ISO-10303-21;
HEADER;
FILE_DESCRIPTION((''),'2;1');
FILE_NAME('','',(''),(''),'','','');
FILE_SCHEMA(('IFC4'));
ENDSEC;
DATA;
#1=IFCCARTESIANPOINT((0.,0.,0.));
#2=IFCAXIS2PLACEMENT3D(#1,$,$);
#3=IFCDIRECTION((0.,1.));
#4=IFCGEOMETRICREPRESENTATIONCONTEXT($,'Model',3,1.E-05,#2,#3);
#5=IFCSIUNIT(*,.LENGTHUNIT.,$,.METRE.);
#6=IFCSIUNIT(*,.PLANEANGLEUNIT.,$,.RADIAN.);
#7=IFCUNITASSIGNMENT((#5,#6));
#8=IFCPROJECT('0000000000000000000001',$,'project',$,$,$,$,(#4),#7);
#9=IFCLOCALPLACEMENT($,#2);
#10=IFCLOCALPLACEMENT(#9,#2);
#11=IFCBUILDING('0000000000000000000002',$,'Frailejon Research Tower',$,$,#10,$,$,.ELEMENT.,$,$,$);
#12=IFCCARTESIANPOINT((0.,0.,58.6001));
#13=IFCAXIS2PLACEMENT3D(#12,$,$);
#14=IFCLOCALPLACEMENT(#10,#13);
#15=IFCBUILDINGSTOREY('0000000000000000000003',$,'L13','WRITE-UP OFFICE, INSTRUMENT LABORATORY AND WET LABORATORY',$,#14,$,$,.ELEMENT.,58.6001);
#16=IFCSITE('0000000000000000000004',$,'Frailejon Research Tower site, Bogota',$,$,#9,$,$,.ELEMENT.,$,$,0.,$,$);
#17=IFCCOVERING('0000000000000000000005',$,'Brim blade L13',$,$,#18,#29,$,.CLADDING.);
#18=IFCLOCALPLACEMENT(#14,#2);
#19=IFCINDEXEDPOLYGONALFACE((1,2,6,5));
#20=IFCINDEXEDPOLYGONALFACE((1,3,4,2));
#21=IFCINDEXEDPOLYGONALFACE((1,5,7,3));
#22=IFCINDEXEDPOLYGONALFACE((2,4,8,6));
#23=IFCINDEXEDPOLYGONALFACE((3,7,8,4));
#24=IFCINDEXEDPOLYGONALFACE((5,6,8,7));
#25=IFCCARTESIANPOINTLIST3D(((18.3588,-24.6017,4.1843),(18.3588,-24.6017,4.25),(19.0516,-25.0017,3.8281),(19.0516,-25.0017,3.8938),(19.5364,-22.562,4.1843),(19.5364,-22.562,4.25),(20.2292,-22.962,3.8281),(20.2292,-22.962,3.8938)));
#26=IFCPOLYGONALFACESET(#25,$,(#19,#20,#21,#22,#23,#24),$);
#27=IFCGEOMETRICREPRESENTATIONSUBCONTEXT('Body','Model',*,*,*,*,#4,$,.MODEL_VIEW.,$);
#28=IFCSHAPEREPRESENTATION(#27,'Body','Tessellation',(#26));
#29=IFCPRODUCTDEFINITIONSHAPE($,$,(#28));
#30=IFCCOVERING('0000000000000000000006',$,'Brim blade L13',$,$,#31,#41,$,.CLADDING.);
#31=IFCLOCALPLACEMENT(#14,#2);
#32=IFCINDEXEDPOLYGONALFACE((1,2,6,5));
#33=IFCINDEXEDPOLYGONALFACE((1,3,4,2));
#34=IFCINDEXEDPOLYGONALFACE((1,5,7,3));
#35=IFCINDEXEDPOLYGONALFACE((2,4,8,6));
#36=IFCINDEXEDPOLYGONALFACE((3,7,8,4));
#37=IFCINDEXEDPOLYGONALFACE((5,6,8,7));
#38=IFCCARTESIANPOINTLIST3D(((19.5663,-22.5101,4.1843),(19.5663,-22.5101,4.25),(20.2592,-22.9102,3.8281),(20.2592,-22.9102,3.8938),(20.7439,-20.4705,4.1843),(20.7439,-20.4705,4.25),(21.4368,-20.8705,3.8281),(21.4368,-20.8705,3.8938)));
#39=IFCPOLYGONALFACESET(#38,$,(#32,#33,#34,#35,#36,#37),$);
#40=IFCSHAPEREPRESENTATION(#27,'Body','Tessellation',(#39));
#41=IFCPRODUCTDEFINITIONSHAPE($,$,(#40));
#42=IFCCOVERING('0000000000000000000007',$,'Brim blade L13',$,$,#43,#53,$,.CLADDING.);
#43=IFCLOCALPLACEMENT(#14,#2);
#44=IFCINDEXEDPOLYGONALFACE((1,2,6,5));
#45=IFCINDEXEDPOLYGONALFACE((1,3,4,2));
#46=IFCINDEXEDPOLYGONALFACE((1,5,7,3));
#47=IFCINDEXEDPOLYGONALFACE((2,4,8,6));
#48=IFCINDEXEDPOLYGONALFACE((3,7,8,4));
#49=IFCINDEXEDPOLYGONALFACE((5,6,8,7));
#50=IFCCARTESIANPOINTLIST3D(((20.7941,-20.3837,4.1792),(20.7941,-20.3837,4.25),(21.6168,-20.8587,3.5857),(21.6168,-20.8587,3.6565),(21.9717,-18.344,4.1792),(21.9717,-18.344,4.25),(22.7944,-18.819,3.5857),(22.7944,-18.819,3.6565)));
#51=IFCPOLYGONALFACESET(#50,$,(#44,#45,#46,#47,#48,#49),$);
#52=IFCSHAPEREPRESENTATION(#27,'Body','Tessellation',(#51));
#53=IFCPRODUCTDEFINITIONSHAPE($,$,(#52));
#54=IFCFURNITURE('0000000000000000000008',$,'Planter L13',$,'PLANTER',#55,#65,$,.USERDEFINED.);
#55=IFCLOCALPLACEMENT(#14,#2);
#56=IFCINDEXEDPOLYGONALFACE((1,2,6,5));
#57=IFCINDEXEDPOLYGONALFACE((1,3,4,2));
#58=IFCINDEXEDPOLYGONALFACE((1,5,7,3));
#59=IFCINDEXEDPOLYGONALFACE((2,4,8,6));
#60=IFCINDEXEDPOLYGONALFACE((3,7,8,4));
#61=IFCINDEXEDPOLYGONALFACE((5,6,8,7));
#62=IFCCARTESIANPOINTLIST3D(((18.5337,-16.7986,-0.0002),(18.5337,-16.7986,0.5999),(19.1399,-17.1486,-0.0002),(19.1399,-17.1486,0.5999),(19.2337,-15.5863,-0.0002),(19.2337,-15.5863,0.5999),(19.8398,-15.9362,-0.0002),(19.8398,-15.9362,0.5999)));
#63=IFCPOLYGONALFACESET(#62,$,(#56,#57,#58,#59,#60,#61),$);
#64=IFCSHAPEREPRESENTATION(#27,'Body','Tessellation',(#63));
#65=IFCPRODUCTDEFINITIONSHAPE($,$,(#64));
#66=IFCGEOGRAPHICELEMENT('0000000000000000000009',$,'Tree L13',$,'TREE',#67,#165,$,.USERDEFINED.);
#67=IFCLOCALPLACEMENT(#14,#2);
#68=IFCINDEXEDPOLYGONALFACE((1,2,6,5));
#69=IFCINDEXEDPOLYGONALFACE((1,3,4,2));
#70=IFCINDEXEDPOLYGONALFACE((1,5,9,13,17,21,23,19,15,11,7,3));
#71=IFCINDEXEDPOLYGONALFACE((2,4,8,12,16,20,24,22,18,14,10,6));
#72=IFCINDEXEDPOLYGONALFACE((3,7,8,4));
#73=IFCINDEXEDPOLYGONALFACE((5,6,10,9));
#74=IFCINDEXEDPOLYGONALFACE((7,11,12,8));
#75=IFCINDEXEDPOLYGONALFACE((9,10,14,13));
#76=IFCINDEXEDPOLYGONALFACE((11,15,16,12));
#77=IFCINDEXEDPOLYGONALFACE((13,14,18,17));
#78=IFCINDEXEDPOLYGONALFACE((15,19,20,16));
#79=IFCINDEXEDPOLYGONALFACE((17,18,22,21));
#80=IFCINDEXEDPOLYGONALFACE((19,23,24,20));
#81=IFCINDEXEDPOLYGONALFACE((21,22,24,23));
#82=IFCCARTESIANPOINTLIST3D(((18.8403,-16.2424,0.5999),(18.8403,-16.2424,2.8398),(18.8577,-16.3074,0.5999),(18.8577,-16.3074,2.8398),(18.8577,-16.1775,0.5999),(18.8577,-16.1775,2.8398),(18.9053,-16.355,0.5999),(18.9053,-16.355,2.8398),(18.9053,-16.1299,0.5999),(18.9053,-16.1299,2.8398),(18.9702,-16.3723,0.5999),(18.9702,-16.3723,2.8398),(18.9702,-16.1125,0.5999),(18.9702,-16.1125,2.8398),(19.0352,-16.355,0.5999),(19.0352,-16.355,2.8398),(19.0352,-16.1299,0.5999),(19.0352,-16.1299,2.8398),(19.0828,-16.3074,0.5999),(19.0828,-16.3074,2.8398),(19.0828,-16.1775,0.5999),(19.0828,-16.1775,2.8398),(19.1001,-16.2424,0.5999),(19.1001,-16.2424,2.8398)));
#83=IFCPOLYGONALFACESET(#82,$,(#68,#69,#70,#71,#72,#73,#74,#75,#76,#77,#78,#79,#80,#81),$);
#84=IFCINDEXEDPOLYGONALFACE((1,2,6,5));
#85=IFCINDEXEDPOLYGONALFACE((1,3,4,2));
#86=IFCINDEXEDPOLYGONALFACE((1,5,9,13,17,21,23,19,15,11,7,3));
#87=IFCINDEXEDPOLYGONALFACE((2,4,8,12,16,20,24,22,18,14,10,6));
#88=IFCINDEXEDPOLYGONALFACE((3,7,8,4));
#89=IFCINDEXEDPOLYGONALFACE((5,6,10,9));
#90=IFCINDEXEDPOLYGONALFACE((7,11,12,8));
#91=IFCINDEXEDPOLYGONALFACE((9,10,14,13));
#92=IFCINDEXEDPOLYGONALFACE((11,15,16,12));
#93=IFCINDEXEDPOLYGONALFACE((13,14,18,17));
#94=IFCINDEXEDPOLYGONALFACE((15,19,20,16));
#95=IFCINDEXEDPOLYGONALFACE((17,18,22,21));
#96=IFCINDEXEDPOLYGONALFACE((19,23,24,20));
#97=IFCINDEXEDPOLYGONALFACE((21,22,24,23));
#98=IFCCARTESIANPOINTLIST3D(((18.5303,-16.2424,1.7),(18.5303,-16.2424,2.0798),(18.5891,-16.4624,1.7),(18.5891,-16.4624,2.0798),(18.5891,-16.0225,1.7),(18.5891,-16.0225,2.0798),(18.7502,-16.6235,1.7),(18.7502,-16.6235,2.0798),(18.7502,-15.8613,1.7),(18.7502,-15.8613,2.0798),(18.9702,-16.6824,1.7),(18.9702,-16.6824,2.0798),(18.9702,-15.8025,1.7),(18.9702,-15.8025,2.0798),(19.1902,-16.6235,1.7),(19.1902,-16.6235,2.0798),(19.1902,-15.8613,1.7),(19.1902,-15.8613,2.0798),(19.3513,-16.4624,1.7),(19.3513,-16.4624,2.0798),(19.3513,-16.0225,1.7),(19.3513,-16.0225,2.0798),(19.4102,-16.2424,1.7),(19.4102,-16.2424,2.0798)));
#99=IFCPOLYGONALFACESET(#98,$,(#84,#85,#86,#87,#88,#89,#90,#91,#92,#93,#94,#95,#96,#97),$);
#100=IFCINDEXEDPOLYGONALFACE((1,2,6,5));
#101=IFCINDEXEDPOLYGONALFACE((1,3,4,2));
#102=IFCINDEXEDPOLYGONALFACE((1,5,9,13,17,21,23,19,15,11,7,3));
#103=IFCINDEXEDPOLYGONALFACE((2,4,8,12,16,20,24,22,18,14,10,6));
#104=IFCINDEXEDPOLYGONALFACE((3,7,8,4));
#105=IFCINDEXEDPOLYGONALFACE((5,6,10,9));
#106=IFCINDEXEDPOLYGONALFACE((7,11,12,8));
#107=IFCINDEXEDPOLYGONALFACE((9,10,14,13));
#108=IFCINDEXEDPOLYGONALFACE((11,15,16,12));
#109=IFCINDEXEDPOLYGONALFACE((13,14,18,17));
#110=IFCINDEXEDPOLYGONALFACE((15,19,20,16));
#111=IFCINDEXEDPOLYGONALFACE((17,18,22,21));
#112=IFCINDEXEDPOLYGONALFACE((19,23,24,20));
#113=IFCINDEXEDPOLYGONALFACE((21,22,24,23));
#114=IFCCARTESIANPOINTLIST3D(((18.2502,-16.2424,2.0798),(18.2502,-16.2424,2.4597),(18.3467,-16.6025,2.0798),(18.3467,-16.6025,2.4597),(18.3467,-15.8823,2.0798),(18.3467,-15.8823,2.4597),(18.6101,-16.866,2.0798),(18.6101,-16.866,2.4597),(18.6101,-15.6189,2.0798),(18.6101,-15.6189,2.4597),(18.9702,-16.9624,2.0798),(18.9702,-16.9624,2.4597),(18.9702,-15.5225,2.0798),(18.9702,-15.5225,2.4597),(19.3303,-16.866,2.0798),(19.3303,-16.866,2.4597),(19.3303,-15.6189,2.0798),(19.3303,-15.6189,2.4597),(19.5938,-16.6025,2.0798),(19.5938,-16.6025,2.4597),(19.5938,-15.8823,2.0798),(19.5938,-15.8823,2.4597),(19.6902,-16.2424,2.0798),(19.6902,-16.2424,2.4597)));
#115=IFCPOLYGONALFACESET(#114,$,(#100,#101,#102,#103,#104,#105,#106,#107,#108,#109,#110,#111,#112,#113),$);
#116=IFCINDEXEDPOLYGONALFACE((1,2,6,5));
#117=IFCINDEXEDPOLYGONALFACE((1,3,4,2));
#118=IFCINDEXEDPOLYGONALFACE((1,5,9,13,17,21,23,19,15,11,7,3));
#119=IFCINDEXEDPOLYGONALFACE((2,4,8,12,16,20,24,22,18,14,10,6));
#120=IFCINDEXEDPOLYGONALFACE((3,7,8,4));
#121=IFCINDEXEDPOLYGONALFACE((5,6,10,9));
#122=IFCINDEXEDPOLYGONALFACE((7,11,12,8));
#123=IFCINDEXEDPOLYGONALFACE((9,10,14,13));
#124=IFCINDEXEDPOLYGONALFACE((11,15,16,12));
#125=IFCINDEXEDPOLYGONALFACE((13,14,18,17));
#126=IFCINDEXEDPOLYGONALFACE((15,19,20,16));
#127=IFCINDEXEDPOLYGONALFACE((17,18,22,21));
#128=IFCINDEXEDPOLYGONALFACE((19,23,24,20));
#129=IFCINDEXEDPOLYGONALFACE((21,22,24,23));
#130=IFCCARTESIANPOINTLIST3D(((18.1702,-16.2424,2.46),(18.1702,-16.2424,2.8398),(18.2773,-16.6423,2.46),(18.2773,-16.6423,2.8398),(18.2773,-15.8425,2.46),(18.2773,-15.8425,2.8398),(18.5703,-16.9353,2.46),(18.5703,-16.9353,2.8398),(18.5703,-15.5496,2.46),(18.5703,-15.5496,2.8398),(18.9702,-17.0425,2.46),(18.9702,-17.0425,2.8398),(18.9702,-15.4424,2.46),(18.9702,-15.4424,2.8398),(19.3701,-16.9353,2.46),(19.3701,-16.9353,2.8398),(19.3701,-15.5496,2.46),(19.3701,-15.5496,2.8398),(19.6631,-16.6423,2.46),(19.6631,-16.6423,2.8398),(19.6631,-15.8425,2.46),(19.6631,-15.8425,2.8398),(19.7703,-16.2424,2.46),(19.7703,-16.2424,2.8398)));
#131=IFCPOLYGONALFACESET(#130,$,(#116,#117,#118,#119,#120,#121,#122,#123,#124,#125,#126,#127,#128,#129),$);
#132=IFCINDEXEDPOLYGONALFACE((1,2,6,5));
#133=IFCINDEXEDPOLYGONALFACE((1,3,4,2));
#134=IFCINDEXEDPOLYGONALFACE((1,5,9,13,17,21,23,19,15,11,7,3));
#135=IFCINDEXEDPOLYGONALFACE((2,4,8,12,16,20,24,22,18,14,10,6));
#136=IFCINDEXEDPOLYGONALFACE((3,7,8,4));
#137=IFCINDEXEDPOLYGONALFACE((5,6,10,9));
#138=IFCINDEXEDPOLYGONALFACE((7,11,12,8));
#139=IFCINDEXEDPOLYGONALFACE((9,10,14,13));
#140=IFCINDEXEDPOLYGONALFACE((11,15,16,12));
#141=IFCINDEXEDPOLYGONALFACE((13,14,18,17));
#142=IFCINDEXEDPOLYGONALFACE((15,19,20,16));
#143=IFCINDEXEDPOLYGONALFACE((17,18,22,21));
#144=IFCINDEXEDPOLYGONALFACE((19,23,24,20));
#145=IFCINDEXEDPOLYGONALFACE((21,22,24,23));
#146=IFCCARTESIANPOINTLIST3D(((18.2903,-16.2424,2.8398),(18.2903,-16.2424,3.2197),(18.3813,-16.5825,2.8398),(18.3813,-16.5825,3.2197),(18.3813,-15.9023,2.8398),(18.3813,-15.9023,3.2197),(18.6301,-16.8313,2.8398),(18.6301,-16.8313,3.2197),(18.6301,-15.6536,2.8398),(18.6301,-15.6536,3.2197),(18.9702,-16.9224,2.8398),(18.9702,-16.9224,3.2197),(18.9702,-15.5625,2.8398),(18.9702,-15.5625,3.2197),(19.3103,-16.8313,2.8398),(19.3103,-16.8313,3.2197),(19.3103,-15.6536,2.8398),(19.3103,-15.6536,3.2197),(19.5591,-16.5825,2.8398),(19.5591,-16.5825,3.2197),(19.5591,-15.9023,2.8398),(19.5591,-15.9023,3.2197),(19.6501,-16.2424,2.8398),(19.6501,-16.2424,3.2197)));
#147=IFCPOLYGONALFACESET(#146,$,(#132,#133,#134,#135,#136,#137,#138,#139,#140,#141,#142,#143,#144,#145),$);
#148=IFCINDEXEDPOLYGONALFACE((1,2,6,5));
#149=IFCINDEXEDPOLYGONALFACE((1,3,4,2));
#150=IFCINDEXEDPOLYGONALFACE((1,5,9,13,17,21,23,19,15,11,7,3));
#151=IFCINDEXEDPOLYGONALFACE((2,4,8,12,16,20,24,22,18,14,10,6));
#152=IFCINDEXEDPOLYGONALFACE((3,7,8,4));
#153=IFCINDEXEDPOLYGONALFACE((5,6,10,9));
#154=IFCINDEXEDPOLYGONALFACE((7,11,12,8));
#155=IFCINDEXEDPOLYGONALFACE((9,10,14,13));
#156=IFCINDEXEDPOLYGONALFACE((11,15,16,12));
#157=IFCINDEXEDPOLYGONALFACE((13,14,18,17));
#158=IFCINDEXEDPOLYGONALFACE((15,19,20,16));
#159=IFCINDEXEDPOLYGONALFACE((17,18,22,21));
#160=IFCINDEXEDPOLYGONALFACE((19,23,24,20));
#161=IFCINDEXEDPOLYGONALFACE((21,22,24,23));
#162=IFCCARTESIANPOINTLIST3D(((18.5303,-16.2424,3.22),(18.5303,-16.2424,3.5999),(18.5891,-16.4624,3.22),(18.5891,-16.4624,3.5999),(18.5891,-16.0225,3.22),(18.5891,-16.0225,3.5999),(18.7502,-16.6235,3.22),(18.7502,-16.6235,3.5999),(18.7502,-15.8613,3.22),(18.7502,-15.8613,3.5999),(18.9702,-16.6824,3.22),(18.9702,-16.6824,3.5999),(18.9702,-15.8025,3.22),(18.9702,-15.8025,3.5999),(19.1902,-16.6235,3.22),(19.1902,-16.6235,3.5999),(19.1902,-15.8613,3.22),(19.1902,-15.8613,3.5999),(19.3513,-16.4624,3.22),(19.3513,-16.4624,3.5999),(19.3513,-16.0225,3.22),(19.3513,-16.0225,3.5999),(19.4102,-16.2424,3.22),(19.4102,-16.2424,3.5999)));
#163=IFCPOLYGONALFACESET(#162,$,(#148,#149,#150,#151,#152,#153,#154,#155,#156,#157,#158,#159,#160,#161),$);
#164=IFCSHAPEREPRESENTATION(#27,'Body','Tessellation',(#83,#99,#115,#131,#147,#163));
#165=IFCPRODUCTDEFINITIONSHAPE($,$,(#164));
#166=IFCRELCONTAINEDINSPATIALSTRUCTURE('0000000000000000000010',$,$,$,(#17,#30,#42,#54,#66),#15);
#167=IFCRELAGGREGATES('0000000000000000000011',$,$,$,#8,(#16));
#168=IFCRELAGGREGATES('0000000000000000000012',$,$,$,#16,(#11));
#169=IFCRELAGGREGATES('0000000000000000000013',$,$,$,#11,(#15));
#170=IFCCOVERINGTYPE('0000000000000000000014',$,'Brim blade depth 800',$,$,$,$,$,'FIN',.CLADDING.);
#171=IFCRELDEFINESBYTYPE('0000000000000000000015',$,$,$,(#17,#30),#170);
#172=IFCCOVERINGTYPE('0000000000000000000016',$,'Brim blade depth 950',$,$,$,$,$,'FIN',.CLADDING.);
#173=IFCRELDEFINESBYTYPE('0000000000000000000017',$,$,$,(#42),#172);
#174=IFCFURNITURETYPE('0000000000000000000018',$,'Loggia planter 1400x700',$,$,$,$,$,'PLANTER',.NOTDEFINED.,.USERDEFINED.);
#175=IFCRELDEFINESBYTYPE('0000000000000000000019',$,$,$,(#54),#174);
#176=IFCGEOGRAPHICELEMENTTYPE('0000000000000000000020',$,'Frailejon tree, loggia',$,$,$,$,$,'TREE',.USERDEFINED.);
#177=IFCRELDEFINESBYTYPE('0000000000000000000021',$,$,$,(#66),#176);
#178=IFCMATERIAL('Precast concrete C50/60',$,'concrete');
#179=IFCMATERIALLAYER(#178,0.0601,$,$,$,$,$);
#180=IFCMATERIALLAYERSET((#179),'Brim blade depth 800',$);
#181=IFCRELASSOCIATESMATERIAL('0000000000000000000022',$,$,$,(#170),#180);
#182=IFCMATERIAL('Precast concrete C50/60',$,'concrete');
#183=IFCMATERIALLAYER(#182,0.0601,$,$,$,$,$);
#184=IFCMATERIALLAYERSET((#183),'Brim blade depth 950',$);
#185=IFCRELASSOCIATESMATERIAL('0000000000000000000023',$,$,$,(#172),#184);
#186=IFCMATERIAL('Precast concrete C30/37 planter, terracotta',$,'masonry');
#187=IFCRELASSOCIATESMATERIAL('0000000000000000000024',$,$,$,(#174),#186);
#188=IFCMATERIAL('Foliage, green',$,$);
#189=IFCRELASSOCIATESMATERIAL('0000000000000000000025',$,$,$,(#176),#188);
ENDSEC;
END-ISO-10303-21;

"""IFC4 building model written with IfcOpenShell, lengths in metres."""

from ifc_helpers import new_model, si_unit, direction, frame, origin, origin_2d, place, context, subcontext, project, spatial, polyline, rectangle, outline, extrude, material, layer, layer_set, type_object, element, save


model = new_model("IFC4")

# Units and contexts
model_context = context("Model", 3, precision=1e-05, world=origin(), true_north=direction((0.0, 1.0)))
body_context = subcontext(model_context, "Body", "Model", "MODEL_VIEW")
ifc_project = project(units=[si_unit("LENGTHUNIT", "METRE"), si_unit("PLANEANGLEUNIT", "RADIAN")], contexts=[model_context])

# Site, building, storey
site_placement = place(None, origin())
site = spatial("IfcSite", under=ifc_project, at=site_placement, Name="Frailejon Research Tower site, Bogota", CompositionType="ELEMENT", RefElevation=0.0)
building_placement = place(site_placement, origin())
building = spatial("IfcBuilding", under=site, at=building_placement, Name="Frailejon Research Tower", CompositionType="ELEMENT")
storey_placement = place(building_placement, frame((0.0, 0.0, 58.6001)))
storey = spatial("IfcBuildingStorey", under=building, at=storey_placement, Name="L13", Description="WRITE-UP OFFICE, INSTRUMENT LABORATORY AND WET LABORATORY", CompositionType="ELEMENT", Elevation=58.6001)

# Coverings
ifc_material_1 = material(Name="Precast concrete C50/60", Category="concrete")
ifc_layer_1 = layer(ifc_material_1, 0.0601)
ifc_layer_set_1 = layer_set([ifc_layer_1], Name="Brim blade depth 800")
covering_type_1 = type_object("IfcCoveringType", Name="Brim blade depth 800", ElementType="FIN", PredefinedType="CLADDING", material=ifc_layer_set_1)
for number, where, z_axis, x_axis, name in (
    (1, (19.5364, -22.562, 4.25), (-0.499997, -0.866027, 0.0), (0.866027, -0.499997, 0.0), "Brim blade L13"),
    (2, (20.7439, -20.4705, 4.25), (-0.499997, -0.866027, 0.0), (0.866027, -0.499997, 0.0), "Brim blade L13"),
):
    element("IfcCovering", number, at=place(storey_placement, frame(where, z_axis=z_axis, x_axis=x_axis)), inside=storey, type_object=covering_type_1, Name=name, PredefinedType="CLADDING", context=body_context, shape_type="SweptSolid", body=[
        extrude(outline(polyline([(0.0, -0.0657), (0.8, -0.4219), (0.8, -0.3562), (0.0, 0.0), (0.0, -0.0657)])), origin(), (0.0, 0.0, 1.0), 2.3552),
    ])
ifc_material_2 = material(Name="Precast concrete C50/60", Category="concrete")
ifc_layer_2 = layer(ifc_material_2, 0.0601)
ifc_layer_set_2 = layer_set([ifc_layer_2], Name="Brim blade depth 950")
covering_type_2 = type_object("IfcCoveringType", Name="Brim blade depth 950", ElementType="FIN", PredefinedType="CLADDING", material=ifc_layer_set_2)
covering_1_placement = place(storey_placement, frame((21.9717, -18.344, 4.25), z_axis=(-0.499997, -0.866027, 0.0), x_axis=(0.866027, -0.499997, 0.0)))
element("IfcCovering", 3, at=covering_1_placement, inside=storey, type_object=covering_type_2, Name="Brim blade L13", PredefinedType="CLADDING", context=body_context, shape_type="SweptSolid", body=[
    extrude(outline(polyline([(0.0, -0.0708), (0.95, -0.6643), (0.95, -0.5935), (0.0, 0.0), (0.0, -0.0708)])), origin(), (0.0, 0.0, 1.0), 2.3552),
])

# Furniture
ifc_material_3 = material(Name="Precast concrete C30/37 planter, terracotta", Category="masonry")
furniture_type = type_object("IfcFurnitureType", Name="Loggia planter 1400x700", ElementType="PLANTER", AssemblyPlace="NOTDEFINED", PredefinedType="USERDEFINED", material=ifc_material_3)
furniture_placement = place(storey_placement, frame((19.1868, -16.3674, -0.0002), z_axis=(0.0, 0.0, 1.0), x_axis=(0.5, 0.866025, 0.0)))
element("IfcFurniture", 4, at=furniture_placement, inside=storey, type_object=furniture_type, Name="Planter L13", ObjectType="PLANTER", PredefinedType="USERDEFINED", context=body_context, shape_type="SweptSolid", body=[
    extrude(rectangle(XDim=1.3999, YDim=0.7, at=origin_2d()), origin(), (0.0, 0.0, 1.0), 0.6001),
])

# Geographic element
ifc_material_4 = material(Name="Foliage, green")
geographic_element_type = type_object("IfcGeographicElementType", Name="Frailejon tree, loggia", ElementType="TREE", PredefinedType="USERDEFINED", material=ifc_material_4)
geographic_element_placement = place(storey_placement, frame((18.9702, -16.2424, 0.5999)))
element("IfcGeographicElement", 5, at=geographic_element_placement, inside=storey, type_object=geographic_element_type, Name="Tree L13", ObjectType="TREE", PredefinedType="USERDEFINED", context=body_context, shape_type="SweptSolid", body=[
    extrude(outline(polyline([(0.1299, 0.0), (0.1125, 0.0649), (0.0649, 0.1125), (0.0, 0.1299), (-0.0649, 0.1125), (-0.1125, 0.0649), (-0.1299, 0.0), (-0.1125, -0.0649), (-0.0649, -0.1125), (0.0, -0.1299), (0.0649, -0.1125), (0.1125, -0.0649), (0.1299, 0.0)])), origin(), (0.0, 0.0, 1.0), 2.24),
    extrude(outline(polyline([(0.4399, 0.0), (0.3811, 0.22), (0.22, 0.3811), (0.0, 0.4399), (-0.22, 0.3811), (-0.3811, 0.22), (-0.4399, 0.0), (-0.3811, -0.22), (-0.22, -0.3811), (0.0, -0.4399), (0.22, -0.3811), (0.3811, -0.22), (0.4399, 0.0)])), frame((0.0, 0.0, 1.1001)), (0.0, 0.0, 1.0), 0.3799),
    extrude(outline(polyline([(0.72, 0.0), (0.6235, 0.3601), (0.3601, 0.6235), (0.0, 0.72), (-0.3601, 0.6235), (-0.6235, 0.3601), (-0.72, 0.0), (-0.6235, -0.3601), (-0.3601, -0.6235), (0.0, -0.72), (0.3601, -0.6235), (0.6235, -0.3601), (0.72, 0.0)])), frame((0.0, 0.0, 1.48)), (0.0, 0.0, 1.0), 0.3799),
    extrude(outline(polyline([(0.8, 0.0), (0.6929, 0.3999), (0.3999, 0.6929), (0.0, 0.8), (-0.3999, 0.6929), (-0.6929, 0.3999), (-0.8, 0.0), (-0.6929, -0.3999), (-0.3999, -0.6929), (0.0, -0.8), (0.3999, -0.6929), (0.6929, -0.3999), (0.8, 0.0)])), frame((0.0, 0.0, 1.8601)), (0.0, 0.0, 1.0), 0.3799),
    extrude(outline(polyline([(0.6799, 0.0), (0.5889, 0.3401), (0.3401, 0.5889), (0.0, 0.6799), (-0.3401, 0.5889), (-0.5889, 0.3401), (-0.6799, 0.0), (-0.5889, -0.3401), (-0.3401, -0.5889), (0.0, -0.6799), (0.3401, -0.5889), (0.5889, -0.3401), (0.6799, 0.0)])), frame((0.0, 0.0, 2.24)), (0.0, 0.0, 1.0), 0.3799),
    extrude(outline(polyline([(0.4399, 0.0), (0.3811, 0.22), (0.22, 0.3811), (0.0, 0.4399), (-0.22, 0.3811), (-0.3811, 0.22), (-0.4399, 0.0), (-0.3811, -0.22), (-0.22, -0.3811), (0.0, -0.4399), (0.22, -0.3811), (0.3811, -0.22), (0.4399, 0.0)])), frame((0.0, 0.0, 2.6201)), (0.0, 0.0, 1.0), 0.3799),
])

save(model, "model.ifc")
